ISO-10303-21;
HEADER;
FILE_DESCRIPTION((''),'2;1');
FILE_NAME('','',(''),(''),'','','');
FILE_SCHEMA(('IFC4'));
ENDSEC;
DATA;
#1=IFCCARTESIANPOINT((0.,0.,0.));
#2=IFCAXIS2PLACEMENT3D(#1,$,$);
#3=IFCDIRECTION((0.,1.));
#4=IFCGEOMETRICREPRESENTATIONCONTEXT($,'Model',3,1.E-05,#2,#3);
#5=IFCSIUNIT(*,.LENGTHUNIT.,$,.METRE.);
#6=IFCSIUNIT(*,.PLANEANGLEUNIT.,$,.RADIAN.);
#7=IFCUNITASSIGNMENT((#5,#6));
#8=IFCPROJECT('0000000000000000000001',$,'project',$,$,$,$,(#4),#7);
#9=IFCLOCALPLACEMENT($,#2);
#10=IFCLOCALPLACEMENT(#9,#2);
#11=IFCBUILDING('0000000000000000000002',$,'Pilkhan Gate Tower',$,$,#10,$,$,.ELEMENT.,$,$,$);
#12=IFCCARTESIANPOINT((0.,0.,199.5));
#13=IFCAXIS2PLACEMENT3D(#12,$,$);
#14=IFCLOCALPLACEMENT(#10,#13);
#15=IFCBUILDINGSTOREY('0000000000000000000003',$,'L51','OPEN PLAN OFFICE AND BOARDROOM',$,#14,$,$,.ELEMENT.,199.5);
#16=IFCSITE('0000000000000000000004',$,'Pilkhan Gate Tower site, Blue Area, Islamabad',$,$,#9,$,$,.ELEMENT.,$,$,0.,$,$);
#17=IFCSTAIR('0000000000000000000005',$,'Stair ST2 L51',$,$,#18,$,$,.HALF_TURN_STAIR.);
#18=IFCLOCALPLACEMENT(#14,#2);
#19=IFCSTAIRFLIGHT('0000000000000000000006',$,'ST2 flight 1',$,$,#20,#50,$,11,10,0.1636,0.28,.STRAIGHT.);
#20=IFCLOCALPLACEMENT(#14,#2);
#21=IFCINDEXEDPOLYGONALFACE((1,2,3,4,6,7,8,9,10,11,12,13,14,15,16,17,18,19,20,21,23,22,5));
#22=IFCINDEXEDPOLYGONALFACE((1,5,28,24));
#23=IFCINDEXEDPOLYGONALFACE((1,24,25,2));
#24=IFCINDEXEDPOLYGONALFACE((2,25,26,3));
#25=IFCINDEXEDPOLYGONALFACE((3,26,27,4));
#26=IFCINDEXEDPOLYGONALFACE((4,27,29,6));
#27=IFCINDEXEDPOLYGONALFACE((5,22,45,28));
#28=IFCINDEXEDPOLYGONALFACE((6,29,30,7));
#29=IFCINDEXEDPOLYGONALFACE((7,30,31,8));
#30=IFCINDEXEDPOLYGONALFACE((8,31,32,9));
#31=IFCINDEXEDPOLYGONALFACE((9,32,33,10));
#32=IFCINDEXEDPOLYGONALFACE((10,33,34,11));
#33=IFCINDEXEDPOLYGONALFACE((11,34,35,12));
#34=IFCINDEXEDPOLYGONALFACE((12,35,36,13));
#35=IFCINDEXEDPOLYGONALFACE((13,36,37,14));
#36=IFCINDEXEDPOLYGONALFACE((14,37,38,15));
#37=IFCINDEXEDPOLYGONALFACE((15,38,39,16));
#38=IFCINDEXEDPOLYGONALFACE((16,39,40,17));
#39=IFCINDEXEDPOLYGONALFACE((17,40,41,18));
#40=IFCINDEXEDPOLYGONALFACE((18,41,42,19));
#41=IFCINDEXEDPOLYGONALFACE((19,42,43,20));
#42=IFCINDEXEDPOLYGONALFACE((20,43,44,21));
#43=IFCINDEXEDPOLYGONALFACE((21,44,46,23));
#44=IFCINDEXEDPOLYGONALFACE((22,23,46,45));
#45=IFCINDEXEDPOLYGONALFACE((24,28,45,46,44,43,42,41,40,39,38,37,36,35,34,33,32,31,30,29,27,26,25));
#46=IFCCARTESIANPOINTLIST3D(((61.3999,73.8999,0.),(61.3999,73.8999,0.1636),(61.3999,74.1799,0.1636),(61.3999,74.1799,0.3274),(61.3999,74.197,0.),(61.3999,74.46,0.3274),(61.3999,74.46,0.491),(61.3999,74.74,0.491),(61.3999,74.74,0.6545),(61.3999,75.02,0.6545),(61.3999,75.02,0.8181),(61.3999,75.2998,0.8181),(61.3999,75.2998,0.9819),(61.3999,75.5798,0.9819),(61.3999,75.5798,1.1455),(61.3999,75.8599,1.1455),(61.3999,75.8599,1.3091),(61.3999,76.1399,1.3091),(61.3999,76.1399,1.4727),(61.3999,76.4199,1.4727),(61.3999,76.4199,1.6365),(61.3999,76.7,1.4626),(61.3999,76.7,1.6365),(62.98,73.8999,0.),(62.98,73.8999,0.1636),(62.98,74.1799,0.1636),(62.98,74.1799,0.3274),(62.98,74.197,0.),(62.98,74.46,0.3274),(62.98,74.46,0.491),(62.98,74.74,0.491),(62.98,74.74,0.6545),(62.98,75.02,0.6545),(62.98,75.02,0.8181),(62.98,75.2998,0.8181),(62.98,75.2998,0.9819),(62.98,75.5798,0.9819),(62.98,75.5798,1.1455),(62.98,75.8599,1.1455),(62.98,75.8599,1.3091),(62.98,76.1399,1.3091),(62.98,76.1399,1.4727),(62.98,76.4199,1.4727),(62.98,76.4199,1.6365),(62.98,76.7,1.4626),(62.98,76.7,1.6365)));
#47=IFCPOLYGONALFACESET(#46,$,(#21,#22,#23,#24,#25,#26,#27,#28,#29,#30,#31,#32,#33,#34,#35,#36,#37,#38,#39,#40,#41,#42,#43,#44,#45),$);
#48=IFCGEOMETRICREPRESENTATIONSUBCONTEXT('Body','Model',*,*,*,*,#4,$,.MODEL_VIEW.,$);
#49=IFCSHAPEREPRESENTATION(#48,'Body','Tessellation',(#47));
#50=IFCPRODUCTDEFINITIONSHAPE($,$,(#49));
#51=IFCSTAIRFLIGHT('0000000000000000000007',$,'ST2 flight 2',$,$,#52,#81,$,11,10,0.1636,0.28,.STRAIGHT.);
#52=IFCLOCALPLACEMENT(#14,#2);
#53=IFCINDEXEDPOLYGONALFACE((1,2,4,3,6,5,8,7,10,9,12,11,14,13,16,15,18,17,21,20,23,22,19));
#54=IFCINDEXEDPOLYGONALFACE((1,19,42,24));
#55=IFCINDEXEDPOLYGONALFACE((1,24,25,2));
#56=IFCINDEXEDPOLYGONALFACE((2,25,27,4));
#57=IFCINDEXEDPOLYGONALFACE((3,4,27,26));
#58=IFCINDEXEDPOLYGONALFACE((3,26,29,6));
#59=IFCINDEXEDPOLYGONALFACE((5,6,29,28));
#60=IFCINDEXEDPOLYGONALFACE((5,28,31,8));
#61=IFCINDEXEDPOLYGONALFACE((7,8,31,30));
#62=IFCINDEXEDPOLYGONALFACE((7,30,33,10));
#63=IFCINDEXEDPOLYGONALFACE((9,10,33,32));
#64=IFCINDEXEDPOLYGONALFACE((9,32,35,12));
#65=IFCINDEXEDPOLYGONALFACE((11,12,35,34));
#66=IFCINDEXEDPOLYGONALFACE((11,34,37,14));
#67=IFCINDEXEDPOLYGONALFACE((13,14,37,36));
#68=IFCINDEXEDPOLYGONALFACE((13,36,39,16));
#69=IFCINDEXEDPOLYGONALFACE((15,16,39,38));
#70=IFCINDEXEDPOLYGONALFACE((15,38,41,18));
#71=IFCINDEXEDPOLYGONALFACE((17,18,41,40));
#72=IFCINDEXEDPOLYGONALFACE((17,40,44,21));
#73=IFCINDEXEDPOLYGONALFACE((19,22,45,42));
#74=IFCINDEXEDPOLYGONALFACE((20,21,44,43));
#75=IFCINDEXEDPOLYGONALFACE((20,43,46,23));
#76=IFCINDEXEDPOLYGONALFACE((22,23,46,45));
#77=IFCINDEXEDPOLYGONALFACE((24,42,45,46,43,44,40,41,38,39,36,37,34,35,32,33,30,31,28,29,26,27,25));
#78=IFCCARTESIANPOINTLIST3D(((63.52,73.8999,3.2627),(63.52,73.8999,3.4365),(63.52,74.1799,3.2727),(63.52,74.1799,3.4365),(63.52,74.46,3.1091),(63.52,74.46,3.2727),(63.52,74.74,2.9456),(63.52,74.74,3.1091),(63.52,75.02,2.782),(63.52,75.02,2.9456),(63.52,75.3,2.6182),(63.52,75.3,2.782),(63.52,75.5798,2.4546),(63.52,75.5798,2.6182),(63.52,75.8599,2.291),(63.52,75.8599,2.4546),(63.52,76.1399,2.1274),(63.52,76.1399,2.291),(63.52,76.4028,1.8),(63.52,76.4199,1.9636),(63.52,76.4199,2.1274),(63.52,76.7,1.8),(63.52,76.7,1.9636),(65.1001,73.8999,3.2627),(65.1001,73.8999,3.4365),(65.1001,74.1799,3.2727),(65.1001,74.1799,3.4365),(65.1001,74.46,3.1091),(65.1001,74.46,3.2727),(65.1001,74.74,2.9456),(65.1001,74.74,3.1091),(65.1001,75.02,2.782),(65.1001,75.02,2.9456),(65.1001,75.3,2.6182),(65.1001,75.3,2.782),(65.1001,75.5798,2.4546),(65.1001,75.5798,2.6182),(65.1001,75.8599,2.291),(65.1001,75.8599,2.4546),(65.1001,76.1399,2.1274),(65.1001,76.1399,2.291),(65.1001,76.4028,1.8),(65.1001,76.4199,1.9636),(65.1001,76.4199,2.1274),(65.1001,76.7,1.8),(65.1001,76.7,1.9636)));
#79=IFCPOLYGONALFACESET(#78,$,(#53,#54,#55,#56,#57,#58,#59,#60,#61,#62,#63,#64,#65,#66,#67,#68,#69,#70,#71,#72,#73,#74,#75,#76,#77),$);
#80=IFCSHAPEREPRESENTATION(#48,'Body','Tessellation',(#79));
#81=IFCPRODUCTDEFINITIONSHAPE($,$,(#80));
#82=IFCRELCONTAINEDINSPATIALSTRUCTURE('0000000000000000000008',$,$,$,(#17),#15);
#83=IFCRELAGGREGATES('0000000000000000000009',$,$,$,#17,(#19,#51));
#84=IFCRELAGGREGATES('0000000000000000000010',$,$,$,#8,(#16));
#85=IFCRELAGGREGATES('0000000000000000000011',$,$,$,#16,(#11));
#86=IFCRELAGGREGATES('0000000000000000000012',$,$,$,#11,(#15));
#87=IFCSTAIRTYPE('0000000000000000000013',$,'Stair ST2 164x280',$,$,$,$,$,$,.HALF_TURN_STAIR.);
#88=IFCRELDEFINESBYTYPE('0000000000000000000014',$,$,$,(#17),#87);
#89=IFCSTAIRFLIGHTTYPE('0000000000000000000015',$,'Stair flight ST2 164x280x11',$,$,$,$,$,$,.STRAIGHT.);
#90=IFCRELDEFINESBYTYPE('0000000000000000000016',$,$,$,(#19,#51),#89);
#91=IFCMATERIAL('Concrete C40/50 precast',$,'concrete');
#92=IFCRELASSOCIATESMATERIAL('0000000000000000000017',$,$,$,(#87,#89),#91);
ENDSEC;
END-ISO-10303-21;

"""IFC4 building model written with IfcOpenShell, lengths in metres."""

from ifc_helpers import new_model, si_unit, direction, frame, origin, place, context, subcontext, project, spatial, polyline, outline, extrude, material, type_object, element, aggregate, save


model = new_model("IFC4")

# Units and contexts
model_context = context("Model", 3, precision=1e-05, world=origin(), true_north=direction((0.0, 1.0)))
body_context = subcontext(model_context, "Body", "Model", "MODEL_VIEW")
ifc_project = project(units=[si_unit("LENGTHUNIT", "METRE"), si_unit("PLANEANGLEUNIT", "RADIAN")], contexts=[model_context])

# Site, building, storey
site_placement = place(None, origin())
site = spatial("IfcSite", under=ifc_project, at=site_placement, Name="Pilkhan Gate Tower site, Blue Area, Islamabad", CompositionType="ELEMENT", RefElevation=0.0)
building_placement = place(site_placement, origin())
building = spatial("IfcBuilding", under=site, at=building_placement, Name="Pilkhan Gate Tower", CompositionType="ELEMENT")
storey_placement = place(building_placement, frame((0.0, 0.0, 199.5)))
storey = spatial("IfcBuildingStorey", under=building, at=storey_placement, Name="L51", Description="OPEN PLAN OFFICE AND BOARDROOM", CompositionType="ELEMENT", Elevation=199.5)

# Stair, stair flights
ifc_material_1 = material(Name="Concrete C40/50 precast", Category="concrete")
stair_type = type_object("IfcStairType", Name="Stair ST2 164x280", PredefinedType="HALF_TURN_STAIR", material=ifc_material_1)
stair_placement = place(storey_placement, origin())
stair = element("IfcStair", 1, at=stair_placement, inside=storey, type_object=stair_type, Name="Stair ST2 L51", PredefinedType="HALF_TURN_STAIR")
stair_flight_type = type_object("IfcStairFlightType", Name="Stair flight ST2 164x280x11", PredefinedType="STRAIGHT", material=ifc_material_1)
stair_flight_1_placement = place(storey_placement, frame((62.1899, 73.8999, 0.0), z_axis=(0.0, 0.0, 1.0), x_axis=(0.0, 1.0, 0.0)))
stair_flight_1 = element("IfcStairFlight", 2, at=stair_flight_1_placement, type_object=stair_flight_type, Name="ST2 flight 1", NumberOfRisers=11, NumberOfTreads=10, PredefinedType="STRAIGHT", RiserHeight=0.1636, TreadLength=0.28, context=body_context, shape_type="SweptSolid", body=[
    extrude(outline(polyline([(0.0, 0.0), (0.0, 0.1636), (0.28, 0.1636), (0.28, 0.3274), (0.5601, 0.3274), (0.5601, 0.491), (0.8401, 0.491), (0.8401, 0.6545), (1.1201, 0.6545), (1.1201, 0.8181), (1.3999, 0.8181), (1.3999, 0.9819), (1.6799, 0.9819), (1.6799, 1.1455), (1.96, 1.1455), (1.96, 1.3091), (2.24, 1.3091), (2.24, 1.4727), (2.52, 1.4727), (2.52, 1.6365), (2.8, 1.6365), (2.8, 1.8), (2.8, 1.4626), (0.2971, 0.0), (0.0, 0.0)])), frame((0.0, 0.79, 0.0), z_axis=(0.0, -1.0, 0.0), x_axis=(1.0, 0.0, 0.0)), (0.0, 0.0, 1.0), 1.5801),
])
stair_flight_2_placement = place(storey_placement, frame((64.3101, 76.7, 1.8), z_axis=(0.0, 0.0, 1.0), x_axis=(0.0, -1.0, 0.0)))
stair_flight_2 = element("IfcStairFlight", 3, at=stair_flight_2_placement, type_object=stair_flight_type, Name="ST2 flight 2", NumberOfRisers=11, NumberOfTreads=10, PredefinedType="STRAIGHT", RiserHeight=0.1636, TreadLength=0.28, context=body_context, shape_type="SweptSolid", body=[
    extrude(outline(polyline([(0.0, 0.0), (0.0, 0.1636), (0.28, 0.1636), (0.28, 0.3274), (0.5601, 0.3274), (0.5601, 0.491), (0.8401, 0.491), (0.8401, 0.6545), (1.1201, 0.6545), (1.1201, 0.8181), (1.3999, 0.8181), (1.3999, 0.9819), (1.6799, 0.9819), (1.6799, 1.1455), (1.96, 1.1455), (1.96, 1.3091), (2.24, 1.3091), (2.24, 1.4727), (2.52, 1.4727), (2.52, 1.6365), (2.8, 1.6365), (2.8, 1.8), (2.8, 1.4626), (0.2971, 0.0), (0.0, 0.0)])), frame((0.0, 0.79, 0.0), z_axis=(0.0, -1.0, 0.0), x_axis=(1.0, 0.0, 0.0)), (0.0, 0.0, 1.0), 1.5801),
])
aggregate(stair, [stair_flight_1, stair_flight_2])

save(model, "model.ifc")
